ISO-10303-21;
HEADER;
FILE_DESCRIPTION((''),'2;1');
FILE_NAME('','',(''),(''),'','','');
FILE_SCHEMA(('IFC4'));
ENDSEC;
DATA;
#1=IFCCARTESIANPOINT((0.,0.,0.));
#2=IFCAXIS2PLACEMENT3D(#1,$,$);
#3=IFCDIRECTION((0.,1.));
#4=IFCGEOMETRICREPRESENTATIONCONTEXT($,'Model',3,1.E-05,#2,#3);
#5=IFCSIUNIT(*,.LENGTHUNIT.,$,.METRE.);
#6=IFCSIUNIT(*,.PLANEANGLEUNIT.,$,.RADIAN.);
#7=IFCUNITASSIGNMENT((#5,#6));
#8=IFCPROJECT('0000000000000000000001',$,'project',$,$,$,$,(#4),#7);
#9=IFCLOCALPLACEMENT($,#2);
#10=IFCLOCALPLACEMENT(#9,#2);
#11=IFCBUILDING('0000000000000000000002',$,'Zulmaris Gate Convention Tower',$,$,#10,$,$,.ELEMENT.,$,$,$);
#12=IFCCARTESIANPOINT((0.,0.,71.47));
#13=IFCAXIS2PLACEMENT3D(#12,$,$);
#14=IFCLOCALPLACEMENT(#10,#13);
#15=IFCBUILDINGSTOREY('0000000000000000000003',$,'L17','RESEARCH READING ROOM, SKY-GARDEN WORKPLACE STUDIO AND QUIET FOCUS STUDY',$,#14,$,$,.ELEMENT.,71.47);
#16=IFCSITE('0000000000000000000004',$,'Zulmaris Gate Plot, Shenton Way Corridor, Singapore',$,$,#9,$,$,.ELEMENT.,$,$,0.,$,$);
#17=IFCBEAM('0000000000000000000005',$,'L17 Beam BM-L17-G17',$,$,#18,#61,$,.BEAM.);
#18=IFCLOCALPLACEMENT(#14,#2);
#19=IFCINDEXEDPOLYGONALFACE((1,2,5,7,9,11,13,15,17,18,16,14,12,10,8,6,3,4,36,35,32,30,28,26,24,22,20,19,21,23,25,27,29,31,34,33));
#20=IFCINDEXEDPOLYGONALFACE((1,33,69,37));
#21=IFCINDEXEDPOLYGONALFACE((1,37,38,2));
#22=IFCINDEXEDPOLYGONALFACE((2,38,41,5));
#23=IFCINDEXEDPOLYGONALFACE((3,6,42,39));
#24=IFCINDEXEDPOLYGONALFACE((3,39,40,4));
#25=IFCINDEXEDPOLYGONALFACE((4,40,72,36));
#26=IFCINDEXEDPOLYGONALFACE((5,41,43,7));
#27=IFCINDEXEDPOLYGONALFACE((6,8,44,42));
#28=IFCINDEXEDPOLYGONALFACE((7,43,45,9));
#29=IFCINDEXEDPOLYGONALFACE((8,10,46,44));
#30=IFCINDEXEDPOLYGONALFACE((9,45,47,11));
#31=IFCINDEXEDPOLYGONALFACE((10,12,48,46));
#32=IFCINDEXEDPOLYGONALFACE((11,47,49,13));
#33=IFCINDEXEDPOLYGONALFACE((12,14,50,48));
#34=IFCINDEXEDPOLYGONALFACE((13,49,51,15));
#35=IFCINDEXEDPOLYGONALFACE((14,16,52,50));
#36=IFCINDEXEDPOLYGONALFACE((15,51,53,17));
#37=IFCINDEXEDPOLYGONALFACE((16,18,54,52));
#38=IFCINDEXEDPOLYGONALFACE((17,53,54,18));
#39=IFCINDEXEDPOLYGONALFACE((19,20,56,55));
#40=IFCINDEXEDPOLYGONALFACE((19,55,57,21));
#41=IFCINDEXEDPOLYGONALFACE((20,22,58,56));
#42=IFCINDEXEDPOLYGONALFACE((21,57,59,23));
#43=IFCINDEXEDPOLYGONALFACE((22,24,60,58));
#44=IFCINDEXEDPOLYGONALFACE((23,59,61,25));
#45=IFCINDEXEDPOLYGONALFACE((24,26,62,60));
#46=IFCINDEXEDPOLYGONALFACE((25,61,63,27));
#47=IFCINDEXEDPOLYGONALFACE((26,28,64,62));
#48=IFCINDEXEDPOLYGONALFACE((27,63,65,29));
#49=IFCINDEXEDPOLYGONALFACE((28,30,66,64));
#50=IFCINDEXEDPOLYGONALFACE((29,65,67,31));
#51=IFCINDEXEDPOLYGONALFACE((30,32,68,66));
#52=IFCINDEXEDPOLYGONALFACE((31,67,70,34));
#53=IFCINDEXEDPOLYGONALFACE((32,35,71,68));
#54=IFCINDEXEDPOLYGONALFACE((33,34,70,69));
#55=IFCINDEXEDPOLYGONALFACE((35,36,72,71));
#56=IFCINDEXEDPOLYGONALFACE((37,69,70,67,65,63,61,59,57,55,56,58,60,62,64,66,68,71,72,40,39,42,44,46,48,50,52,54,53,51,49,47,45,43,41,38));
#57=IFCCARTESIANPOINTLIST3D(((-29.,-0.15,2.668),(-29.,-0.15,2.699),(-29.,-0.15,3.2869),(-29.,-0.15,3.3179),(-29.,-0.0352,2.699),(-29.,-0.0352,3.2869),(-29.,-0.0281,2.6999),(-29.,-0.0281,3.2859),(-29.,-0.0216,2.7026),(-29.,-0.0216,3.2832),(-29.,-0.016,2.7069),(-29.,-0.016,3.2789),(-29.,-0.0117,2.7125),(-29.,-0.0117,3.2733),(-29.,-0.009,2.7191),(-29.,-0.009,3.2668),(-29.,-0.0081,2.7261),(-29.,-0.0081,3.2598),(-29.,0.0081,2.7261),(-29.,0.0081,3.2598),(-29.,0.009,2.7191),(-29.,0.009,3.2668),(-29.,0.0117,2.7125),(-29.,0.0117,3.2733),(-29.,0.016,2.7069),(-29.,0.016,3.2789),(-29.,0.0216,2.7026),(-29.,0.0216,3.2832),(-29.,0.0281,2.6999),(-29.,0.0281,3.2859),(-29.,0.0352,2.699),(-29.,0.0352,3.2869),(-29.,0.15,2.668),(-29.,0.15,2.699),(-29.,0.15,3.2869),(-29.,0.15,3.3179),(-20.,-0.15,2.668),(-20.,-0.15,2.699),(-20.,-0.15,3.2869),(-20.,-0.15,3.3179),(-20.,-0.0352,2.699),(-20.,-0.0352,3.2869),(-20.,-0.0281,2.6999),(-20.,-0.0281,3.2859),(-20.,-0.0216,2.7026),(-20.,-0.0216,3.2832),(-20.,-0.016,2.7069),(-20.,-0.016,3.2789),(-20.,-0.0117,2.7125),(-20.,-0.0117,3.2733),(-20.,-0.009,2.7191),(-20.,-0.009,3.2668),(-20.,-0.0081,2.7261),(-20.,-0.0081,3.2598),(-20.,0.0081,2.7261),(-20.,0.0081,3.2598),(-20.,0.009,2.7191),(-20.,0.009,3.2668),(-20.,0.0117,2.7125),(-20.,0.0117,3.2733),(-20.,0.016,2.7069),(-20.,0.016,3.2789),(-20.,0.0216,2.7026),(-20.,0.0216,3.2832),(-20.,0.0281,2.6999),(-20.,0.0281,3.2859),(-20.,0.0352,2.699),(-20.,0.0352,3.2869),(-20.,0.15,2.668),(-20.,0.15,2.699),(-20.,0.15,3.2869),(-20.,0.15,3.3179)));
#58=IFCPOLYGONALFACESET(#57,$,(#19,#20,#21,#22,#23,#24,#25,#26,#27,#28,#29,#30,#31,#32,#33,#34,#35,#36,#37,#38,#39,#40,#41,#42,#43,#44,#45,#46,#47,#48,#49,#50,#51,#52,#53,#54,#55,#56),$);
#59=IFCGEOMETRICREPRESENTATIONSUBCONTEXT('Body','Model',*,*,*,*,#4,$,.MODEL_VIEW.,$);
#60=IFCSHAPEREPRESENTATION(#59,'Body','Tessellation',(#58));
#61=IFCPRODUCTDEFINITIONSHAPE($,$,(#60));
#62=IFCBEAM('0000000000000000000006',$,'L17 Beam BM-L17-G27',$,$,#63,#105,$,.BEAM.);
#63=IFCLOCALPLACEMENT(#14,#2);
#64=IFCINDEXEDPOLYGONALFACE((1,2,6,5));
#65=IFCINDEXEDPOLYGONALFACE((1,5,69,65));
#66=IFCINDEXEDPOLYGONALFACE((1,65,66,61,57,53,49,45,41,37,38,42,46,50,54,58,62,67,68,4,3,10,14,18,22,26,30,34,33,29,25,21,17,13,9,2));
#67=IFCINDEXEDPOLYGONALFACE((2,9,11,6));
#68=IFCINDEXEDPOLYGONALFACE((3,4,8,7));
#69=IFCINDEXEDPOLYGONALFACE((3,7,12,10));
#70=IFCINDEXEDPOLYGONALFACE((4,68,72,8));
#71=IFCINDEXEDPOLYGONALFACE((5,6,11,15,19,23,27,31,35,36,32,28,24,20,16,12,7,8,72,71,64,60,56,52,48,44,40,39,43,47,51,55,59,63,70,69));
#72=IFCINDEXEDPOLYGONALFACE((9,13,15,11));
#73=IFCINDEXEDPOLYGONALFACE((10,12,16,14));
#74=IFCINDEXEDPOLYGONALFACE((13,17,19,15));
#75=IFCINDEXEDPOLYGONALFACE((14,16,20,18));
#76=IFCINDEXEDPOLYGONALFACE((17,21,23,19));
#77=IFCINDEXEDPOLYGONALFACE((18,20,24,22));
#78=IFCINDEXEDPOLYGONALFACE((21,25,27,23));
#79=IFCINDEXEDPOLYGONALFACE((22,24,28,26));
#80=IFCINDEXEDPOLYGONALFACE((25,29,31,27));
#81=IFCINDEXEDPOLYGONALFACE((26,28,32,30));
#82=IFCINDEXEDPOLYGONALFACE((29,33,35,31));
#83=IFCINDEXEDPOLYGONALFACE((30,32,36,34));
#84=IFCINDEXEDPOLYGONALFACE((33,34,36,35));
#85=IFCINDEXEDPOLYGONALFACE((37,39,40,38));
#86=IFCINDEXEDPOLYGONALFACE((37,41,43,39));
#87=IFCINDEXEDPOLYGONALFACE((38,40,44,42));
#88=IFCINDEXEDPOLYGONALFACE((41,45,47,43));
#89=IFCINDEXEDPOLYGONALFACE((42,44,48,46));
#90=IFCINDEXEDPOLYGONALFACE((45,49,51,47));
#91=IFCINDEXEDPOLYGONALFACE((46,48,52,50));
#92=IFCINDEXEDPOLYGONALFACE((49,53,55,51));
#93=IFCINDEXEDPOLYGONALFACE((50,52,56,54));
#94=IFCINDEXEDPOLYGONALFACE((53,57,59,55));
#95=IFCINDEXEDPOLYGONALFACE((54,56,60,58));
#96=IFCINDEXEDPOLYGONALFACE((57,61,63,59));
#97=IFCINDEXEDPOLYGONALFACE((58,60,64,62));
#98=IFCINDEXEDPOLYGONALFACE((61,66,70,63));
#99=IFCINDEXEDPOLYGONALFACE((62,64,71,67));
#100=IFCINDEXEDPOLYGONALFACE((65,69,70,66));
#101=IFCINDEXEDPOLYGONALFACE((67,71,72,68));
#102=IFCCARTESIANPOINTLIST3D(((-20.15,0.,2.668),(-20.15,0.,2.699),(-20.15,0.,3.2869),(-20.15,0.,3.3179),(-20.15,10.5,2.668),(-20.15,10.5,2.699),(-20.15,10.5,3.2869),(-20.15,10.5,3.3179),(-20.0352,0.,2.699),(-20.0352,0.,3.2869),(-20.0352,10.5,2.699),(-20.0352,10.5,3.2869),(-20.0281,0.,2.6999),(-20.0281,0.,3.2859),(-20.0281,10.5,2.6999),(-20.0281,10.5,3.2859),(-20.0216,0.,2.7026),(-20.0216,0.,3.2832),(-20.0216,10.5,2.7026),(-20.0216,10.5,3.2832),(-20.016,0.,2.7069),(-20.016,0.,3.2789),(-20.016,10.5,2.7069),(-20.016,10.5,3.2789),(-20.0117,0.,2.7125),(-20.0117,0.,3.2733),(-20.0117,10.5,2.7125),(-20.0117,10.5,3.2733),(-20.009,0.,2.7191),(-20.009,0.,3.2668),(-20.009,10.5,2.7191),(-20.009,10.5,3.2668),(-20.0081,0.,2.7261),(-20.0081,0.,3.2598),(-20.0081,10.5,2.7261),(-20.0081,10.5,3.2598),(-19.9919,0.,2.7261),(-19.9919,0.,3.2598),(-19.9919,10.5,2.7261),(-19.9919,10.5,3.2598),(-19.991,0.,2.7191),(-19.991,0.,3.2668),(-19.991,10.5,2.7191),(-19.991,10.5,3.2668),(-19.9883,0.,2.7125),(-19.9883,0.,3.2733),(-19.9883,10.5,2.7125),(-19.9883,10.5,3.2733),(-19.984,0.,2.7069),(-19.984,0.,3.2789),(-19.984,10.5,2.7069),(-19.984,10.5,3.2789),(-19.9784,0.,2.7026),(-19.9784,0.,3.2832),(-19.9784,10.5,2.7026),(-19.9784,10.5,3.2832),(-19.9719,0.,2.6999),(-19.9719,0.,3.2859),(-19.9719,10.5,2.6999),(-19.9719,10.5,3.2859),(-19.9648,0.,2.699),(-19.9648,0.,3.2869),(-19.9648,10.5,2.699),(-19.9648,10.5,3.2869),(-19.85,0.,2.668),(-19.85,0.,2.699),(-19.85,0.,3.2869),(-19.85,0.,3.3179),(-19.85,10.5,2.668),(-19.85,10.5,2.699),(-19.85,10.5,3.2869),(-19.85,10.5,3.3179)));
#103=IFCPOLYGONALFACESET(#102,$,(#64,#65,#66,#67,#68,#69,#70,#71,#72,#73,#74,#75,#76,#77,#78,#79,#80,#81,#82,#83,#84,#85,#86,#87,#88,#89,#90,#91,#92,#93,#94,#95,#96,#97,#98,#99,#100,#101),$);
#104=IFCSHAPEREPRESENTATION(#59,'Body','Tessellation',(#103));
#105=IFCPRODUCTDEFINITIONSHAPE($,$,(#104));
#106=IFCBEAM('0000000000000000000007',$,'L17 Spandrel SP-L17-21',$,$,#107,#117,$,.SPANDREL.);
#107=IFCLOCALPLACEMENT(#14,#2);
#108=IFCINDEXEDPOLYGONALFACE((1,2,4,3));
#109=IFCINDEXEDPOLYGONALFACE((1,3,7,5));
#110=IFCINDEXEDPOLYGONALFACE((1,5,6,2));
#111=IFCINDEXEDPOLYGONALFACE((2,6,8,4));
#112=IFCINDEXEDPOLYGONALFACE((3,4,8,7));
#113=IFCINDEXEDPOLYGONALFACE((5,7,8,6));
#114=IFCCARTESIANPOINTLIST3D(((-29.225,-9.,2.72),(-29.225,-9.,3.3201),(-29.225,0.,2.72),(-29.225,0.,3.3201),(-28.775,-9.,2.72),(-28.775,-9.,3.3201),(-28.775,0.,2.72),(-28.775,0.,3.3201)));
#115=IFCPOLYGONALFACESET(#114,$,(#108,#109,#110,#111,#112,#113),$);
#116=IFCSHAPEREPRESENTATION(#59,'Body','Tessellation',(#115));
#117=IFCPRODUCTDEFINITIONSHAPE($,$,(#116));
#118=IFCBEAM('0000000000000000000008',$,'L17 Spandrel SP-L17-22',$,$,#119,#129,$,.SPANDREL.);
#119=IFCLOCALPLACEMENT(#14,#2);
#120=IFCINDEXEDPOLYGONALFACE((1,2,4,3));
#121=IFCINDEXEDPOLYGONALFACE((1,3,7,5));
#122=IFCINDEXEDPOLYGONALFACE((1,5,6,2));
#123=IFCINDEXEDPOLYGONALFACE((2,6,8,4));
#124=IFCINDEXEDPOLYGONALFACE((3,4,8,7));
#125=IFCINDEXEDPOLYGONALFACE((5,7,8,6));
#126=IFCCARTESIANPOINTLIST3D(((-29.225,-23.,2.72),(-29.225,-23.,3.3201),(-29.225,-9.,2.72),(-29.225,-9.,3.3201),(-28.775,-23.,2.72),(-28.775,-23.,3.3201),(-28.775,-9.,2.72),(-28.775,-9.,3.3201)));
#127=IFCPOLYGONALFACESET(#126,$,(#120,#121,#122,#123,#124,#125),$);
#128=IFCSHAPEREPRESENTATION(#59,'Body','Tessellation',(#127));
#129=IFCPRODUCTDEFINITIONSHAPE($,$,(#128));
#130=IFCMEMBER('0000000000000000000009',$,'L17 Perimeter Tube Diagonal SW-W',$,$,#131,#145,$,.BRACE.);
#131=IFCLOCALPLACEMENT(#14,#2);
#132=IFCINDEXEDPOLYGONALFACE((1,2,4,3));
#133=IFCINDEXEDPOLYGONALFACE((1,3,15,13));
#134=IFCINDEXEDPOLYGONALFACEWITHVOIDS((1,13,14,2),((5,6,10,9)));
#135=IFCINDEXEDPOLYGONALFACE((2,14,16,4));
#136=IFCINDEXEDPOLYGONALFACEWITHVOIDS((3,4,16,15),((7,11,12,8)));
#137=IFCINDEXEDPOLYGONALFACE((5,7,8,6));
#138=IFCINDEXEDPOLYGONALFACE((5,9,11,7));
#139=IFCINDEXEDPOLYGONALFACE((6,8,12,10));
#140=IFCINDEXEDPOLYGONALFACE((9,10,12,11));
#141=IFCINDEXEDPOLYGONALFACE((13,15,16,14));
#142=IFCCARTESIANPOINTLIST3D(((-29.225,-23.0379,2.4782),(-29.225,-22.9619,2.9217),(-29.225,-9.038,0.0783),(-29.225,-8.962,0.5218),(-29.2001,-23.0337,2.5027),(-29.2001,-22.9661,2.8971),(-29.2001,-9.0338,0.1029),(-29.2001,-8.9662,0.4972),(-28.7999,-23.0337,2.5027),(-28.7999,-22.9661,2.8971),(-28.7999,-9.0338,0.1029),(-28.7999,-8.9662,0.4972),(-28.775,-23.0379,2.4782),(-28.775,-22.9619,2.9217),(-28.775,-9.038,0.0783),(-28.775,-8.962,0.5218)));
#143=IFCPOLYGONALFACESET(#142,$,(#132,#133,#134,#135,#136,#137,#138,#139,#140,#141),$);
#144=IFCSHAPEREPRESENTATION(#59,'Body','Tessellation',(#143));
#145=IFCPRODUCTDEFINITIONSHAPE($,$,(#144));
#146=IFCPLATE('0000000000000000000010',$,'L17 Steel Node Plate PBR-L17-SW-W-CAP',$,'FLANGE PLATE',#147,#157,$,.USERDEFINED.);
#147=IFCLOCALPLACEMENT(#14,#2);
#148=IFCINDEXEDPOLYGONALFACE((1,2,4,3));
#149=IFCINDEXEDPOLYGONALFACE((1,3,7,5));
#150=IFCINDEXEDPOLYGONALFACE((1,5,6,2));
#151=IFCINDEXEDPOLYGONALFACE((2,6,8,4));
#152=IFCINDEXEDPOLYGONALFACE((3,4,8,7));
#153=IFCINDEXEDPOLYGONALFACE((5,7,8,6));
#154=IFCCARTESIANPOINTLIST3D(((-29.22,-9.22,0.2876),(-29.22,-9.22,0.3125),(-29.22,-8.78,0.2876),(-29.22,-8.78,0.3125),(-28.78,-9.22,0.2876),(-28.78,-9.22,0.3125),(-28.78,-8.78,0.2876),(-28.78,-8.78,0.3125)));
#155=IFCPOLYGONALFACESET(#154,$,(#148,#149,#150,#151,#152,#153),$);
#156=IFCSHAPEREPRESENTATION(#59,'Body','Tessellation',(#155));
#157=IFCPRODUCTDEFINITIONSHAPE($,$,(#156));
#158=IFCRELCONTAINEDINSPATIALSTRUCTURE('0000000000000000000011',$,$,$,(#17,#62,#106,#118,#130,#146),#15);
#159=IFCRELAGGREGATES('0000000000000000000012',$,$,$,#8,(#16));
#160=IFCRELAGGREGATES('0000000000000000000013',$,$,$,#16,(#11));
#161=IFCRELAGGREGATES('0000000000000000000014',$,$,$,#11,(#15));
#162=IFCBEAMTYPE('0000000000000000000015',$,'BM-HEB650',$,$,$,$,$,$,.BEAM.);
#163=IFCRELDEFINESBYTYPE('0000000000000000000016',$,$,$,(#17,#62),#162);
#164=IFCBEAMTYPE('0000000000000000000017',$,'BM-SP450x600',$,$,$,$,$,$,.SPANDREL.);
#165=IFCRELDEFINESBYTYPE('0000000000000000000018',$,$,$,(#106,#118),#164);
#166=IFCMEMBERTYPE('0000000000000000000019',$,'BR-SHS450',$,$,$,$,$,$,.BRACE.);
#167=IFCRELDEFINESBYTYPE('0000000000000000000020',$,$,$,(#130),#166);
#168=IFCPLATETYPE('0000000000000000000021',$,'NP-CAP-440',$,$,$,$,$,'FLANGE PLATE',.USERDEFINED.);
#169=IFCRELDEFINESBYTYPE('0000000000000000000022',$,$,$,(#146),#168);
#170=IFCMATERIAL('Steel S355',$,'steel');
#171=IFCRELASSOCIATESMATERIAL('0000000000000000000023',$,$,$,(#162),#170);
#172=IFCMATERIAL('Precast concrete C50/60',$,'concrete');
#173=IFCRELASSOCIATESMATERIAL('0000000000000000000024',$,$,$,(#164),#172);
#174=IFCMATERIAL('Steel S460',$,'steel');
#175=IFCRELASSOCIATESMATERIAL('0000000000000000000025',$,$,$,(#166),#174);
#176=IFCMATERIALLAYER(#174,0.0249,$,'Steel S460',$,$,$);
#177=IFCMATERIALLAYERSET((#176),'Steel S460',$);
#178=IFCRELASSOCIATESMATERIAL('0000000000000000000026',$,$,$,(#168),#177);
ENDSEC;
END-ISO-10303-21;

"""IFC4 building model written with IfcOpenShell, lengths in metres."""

from ifc_helpers import new_model, si_unit, direction, frame, origin, origin_2d, place, context, subcontext, project, spatial, rectangle, hollow_rectangle, i_section, extrude, material, layer, layer_set, material_profile, profile_set, type_object, element, save


model = new_model("IFC4")

# Units and contexts
model_context = context("Model", 3, precision=1e-05, world=origin(), true_north=direction((0.0, 1.0)))
body_context = subcontext(model_context, "Body", "Model", "MODEL_VIEW")
ifc_project = project(units=[si_unit("LENGTHUNIT", "METRE"), si_unit("PLANEANGLEUNIT", "RADIAN")], contexts=[model_context])

# Site, building, storey
site_placement = place(None, origin())
site = spatial("IfcSite", under=ifc_project, at=site_placement, Name="Zulmaris Gate Plot, Shenton Way Corridor, Singapore", CompositionType="ELEMENT", RefElevation=0.0)
building_placement = place(site_placement, origin())
building = spatial("IfcBuilding", under=site, at=building_placement, Name="Zulmaris Gate Convention Tower", CompositionType="ELEMENT")
storey_placement = place(building_placement, frame((0.0, 0.0, 71.47)))
storey = spatial("IfcBuildingStorey", under=building, at=storey_placement, Name="L17", Description="RESEARCH READING ROOM, SKY-GARDEN WORKPLACE STUDIO AND QUIET FOCUS STUDY", CompositionType="ELEMENT", Elevation=71.47)

# Beams
ifc_material_1 = material(Name="Steel S355", Category="steel")
ifc_material_profile_1 = material_profile(ifc_material_1, i_section(OverallWidth=0.3, OverallDepth=0.6499, WebThickness=0.0161, FlangeThickness=0.031, FilletRadius=0.0271, at=origin_2d()), Name="HEB 650")
ifc_profile_set_1 = profile_set([ifc_material_profile_1], Name="Steel S355")
beam_type_1 = type_object("IfcBeamType", Name="BM-HEB650", PredefinedType="BEAM", material=ifc_profile_set_1)
for number, where, z_axis, x_axis, name in (
    (1, (-29.0, 0.0, 2.9929), (1.0, 0.0, 0.0), (0.0, 1.0, 0.0), "L17 Beam BM-L17-G17"),
):
    element("IfcBeam", number, at=place(storey_placement, frame(where, z_axis=z_axis, x_axis=x_axis)), inside=storey, type_object=beam_type_1, Name=name, PredefinedType="BEAM", context=body_context, shape_type="SweptSolid", body=[
        extrude(i_section(OverallWidth=0.3, OverallDepth=0.6499, WebThickness=0.0161, FlangeThickness=0.031, FilletRadius=0.0271, at=origin_2d()), origin(), (0.0, 0.0, 1.0), 9.0),
    ])
beam_1_placement = place(storey_placement, frame((-20.0, 0.0, 2.9929), z_axis=(0.0, 1.0, 0.0), x_axis=(-1.0, 0.0, 0.0)))
element("IfcBeam", 2, at=beam_1_placement, inside=storey, type_object=beam_type_1, Name="L17 Beam BM-L17-G27", PredefinedType="BEAM", context=body_context, shape_type="SweptSolid", body=[
    extrude(i_section(OverallWidth=0.3, OverallDepth=0.6499, WebThickness=0.0161, FlangeThickness=0.031, FilletRadius=0.0271, at=origin_2d()), origin(), (0.0, 0.0, 1.0), 10.5),
])
ifc_material_2 = material(Name="Precast concrete C50/60", Category="concrete")
ifc_material_profile_2 = material_profile(ifc_material_2, rectangle(XDim=0.45, YDim=0.6001, at=origin_2d()), Name="RC SPANDREL 450x600")
ifc_profile_set_2 = profile_set([ifc_material_profile_2], Name="Precast concrete C50/60")
beam_type_2 = type_object("IfcBeamType", Name="BM-SP450x600", PredefinedType="SPANDREL", material=ifc_profile_set_2)
beam_2_placement = place(storey_placement, frame((-29.0, 0.0, 3.02), z_axis=(0.0, -1.0, 0.0), x_axis=(1.0, 0.0, 0.0)))
element("IfcBeam", 3, at=beam_2_placement, inside=storey, type_object=beam_type_2, Name="L17 Spandrel SP-L17-21", PredefinedType="SPANDREL", context=body_context, shape_type="SweptSolid", body=[
    extrude(rectangle(XDim=0.45, YDim=0.6001, at=origin_2d()), origin(), (0.0, 0.0, 1.0), 9.0),
])
beam_3_placement = place(storey_placement, frame((-29.0, -9.0, 3.02), z_axis=(0.0, -1.0, 0.0), x_axis=(1.0, 0.0, 0.0)))
element("IfcBeam", 4, at=beam_3_placement, inside=storey, type_object=beam_type_2, Name="L17 Spandrel SP-L17-22", PredefinedType="SPANDREL", context=body_context, shape_type="SweptSolid", body=[
    extrude(rectangle(XDim=0.45, YDim=0.6001, at=origin_2d()), origin(), (0.0, 0.0, 1.0), 14.0),
])

# Member
ifc_material_3 = material(Name="Steel S460", Category="steel")
ifc_material_profile_3 = material_profile(ifc_material_3, hollow_rectangle(XDim=0.45, YDim=0.45, WallThickness=0.0249, at=origin_2d()), Name="SHS 450x450x25")
ifc_profile_set_3 = profile_set([ifc_material_profile_3], Name="Steel S460")
member_type = type_object("IfcMemberType", Name="BR-SHS450", PredefinedType="BRACE", material=ifc_profile_set_3)
member_placement = place(storey_placement, frame((-29.0, -9.0, 0.3), z_axis=(0.0, -0.985623, 0.168957), x_axis=(1.0, 0.0, 0.0)))
element("IfcMember", 5, at=member_placement, inside=storey, type_object=member_type, Name="L17 Perimeter Tube Diagonal SW-W", PredefinedType="BRACE", context=body_context, shape_type="SweptSolid", body=[
    extrude(hollow_rectangle(XDim=0.45, YDim=0.45, WallThickness=0.0249, at=origin_2d()), origin(), (0.0, 0.0, 1.0), 14.2041),
])

# Plate
ifc_layer_1 = layer(ifc_material_3, 0.0249, Name="Steel S460")
ifc_layer_set_1 = layer_set([ifc_layer_1], Name="Steel S460")
plate_type = type_object("IfcPlateType", Name="NP-CAP-440", ElementType="FLANGE PLATE", PredefinedType="USERDEFINED", material=ifc_layer_set_1)
plate_placement = place(storey_placement, frame((-29.0, -9.0, 0.2876), z_axis=(0.0, 0.0, 1.0), x_axis=(1.0, 0.0, 0.0)))
element("IfcPlate", 6, at=plate_placement, inside=storey, type_object=plate_type, Name="L17 Steel Node Plate PBR-L17-SW-W-CAP", ObjectType="FLANGE PLATE", PredefinedType="USERDEFINED", context=body_context, shape_type="SweptSolid", body=[
    extrude(rectangle(XDim=0.4399, YDim=0.4399, at=origin_2d()), origin(), (0.0, 0.0, 1.0), 0.0249),
])

save(model, "model.ifc")
